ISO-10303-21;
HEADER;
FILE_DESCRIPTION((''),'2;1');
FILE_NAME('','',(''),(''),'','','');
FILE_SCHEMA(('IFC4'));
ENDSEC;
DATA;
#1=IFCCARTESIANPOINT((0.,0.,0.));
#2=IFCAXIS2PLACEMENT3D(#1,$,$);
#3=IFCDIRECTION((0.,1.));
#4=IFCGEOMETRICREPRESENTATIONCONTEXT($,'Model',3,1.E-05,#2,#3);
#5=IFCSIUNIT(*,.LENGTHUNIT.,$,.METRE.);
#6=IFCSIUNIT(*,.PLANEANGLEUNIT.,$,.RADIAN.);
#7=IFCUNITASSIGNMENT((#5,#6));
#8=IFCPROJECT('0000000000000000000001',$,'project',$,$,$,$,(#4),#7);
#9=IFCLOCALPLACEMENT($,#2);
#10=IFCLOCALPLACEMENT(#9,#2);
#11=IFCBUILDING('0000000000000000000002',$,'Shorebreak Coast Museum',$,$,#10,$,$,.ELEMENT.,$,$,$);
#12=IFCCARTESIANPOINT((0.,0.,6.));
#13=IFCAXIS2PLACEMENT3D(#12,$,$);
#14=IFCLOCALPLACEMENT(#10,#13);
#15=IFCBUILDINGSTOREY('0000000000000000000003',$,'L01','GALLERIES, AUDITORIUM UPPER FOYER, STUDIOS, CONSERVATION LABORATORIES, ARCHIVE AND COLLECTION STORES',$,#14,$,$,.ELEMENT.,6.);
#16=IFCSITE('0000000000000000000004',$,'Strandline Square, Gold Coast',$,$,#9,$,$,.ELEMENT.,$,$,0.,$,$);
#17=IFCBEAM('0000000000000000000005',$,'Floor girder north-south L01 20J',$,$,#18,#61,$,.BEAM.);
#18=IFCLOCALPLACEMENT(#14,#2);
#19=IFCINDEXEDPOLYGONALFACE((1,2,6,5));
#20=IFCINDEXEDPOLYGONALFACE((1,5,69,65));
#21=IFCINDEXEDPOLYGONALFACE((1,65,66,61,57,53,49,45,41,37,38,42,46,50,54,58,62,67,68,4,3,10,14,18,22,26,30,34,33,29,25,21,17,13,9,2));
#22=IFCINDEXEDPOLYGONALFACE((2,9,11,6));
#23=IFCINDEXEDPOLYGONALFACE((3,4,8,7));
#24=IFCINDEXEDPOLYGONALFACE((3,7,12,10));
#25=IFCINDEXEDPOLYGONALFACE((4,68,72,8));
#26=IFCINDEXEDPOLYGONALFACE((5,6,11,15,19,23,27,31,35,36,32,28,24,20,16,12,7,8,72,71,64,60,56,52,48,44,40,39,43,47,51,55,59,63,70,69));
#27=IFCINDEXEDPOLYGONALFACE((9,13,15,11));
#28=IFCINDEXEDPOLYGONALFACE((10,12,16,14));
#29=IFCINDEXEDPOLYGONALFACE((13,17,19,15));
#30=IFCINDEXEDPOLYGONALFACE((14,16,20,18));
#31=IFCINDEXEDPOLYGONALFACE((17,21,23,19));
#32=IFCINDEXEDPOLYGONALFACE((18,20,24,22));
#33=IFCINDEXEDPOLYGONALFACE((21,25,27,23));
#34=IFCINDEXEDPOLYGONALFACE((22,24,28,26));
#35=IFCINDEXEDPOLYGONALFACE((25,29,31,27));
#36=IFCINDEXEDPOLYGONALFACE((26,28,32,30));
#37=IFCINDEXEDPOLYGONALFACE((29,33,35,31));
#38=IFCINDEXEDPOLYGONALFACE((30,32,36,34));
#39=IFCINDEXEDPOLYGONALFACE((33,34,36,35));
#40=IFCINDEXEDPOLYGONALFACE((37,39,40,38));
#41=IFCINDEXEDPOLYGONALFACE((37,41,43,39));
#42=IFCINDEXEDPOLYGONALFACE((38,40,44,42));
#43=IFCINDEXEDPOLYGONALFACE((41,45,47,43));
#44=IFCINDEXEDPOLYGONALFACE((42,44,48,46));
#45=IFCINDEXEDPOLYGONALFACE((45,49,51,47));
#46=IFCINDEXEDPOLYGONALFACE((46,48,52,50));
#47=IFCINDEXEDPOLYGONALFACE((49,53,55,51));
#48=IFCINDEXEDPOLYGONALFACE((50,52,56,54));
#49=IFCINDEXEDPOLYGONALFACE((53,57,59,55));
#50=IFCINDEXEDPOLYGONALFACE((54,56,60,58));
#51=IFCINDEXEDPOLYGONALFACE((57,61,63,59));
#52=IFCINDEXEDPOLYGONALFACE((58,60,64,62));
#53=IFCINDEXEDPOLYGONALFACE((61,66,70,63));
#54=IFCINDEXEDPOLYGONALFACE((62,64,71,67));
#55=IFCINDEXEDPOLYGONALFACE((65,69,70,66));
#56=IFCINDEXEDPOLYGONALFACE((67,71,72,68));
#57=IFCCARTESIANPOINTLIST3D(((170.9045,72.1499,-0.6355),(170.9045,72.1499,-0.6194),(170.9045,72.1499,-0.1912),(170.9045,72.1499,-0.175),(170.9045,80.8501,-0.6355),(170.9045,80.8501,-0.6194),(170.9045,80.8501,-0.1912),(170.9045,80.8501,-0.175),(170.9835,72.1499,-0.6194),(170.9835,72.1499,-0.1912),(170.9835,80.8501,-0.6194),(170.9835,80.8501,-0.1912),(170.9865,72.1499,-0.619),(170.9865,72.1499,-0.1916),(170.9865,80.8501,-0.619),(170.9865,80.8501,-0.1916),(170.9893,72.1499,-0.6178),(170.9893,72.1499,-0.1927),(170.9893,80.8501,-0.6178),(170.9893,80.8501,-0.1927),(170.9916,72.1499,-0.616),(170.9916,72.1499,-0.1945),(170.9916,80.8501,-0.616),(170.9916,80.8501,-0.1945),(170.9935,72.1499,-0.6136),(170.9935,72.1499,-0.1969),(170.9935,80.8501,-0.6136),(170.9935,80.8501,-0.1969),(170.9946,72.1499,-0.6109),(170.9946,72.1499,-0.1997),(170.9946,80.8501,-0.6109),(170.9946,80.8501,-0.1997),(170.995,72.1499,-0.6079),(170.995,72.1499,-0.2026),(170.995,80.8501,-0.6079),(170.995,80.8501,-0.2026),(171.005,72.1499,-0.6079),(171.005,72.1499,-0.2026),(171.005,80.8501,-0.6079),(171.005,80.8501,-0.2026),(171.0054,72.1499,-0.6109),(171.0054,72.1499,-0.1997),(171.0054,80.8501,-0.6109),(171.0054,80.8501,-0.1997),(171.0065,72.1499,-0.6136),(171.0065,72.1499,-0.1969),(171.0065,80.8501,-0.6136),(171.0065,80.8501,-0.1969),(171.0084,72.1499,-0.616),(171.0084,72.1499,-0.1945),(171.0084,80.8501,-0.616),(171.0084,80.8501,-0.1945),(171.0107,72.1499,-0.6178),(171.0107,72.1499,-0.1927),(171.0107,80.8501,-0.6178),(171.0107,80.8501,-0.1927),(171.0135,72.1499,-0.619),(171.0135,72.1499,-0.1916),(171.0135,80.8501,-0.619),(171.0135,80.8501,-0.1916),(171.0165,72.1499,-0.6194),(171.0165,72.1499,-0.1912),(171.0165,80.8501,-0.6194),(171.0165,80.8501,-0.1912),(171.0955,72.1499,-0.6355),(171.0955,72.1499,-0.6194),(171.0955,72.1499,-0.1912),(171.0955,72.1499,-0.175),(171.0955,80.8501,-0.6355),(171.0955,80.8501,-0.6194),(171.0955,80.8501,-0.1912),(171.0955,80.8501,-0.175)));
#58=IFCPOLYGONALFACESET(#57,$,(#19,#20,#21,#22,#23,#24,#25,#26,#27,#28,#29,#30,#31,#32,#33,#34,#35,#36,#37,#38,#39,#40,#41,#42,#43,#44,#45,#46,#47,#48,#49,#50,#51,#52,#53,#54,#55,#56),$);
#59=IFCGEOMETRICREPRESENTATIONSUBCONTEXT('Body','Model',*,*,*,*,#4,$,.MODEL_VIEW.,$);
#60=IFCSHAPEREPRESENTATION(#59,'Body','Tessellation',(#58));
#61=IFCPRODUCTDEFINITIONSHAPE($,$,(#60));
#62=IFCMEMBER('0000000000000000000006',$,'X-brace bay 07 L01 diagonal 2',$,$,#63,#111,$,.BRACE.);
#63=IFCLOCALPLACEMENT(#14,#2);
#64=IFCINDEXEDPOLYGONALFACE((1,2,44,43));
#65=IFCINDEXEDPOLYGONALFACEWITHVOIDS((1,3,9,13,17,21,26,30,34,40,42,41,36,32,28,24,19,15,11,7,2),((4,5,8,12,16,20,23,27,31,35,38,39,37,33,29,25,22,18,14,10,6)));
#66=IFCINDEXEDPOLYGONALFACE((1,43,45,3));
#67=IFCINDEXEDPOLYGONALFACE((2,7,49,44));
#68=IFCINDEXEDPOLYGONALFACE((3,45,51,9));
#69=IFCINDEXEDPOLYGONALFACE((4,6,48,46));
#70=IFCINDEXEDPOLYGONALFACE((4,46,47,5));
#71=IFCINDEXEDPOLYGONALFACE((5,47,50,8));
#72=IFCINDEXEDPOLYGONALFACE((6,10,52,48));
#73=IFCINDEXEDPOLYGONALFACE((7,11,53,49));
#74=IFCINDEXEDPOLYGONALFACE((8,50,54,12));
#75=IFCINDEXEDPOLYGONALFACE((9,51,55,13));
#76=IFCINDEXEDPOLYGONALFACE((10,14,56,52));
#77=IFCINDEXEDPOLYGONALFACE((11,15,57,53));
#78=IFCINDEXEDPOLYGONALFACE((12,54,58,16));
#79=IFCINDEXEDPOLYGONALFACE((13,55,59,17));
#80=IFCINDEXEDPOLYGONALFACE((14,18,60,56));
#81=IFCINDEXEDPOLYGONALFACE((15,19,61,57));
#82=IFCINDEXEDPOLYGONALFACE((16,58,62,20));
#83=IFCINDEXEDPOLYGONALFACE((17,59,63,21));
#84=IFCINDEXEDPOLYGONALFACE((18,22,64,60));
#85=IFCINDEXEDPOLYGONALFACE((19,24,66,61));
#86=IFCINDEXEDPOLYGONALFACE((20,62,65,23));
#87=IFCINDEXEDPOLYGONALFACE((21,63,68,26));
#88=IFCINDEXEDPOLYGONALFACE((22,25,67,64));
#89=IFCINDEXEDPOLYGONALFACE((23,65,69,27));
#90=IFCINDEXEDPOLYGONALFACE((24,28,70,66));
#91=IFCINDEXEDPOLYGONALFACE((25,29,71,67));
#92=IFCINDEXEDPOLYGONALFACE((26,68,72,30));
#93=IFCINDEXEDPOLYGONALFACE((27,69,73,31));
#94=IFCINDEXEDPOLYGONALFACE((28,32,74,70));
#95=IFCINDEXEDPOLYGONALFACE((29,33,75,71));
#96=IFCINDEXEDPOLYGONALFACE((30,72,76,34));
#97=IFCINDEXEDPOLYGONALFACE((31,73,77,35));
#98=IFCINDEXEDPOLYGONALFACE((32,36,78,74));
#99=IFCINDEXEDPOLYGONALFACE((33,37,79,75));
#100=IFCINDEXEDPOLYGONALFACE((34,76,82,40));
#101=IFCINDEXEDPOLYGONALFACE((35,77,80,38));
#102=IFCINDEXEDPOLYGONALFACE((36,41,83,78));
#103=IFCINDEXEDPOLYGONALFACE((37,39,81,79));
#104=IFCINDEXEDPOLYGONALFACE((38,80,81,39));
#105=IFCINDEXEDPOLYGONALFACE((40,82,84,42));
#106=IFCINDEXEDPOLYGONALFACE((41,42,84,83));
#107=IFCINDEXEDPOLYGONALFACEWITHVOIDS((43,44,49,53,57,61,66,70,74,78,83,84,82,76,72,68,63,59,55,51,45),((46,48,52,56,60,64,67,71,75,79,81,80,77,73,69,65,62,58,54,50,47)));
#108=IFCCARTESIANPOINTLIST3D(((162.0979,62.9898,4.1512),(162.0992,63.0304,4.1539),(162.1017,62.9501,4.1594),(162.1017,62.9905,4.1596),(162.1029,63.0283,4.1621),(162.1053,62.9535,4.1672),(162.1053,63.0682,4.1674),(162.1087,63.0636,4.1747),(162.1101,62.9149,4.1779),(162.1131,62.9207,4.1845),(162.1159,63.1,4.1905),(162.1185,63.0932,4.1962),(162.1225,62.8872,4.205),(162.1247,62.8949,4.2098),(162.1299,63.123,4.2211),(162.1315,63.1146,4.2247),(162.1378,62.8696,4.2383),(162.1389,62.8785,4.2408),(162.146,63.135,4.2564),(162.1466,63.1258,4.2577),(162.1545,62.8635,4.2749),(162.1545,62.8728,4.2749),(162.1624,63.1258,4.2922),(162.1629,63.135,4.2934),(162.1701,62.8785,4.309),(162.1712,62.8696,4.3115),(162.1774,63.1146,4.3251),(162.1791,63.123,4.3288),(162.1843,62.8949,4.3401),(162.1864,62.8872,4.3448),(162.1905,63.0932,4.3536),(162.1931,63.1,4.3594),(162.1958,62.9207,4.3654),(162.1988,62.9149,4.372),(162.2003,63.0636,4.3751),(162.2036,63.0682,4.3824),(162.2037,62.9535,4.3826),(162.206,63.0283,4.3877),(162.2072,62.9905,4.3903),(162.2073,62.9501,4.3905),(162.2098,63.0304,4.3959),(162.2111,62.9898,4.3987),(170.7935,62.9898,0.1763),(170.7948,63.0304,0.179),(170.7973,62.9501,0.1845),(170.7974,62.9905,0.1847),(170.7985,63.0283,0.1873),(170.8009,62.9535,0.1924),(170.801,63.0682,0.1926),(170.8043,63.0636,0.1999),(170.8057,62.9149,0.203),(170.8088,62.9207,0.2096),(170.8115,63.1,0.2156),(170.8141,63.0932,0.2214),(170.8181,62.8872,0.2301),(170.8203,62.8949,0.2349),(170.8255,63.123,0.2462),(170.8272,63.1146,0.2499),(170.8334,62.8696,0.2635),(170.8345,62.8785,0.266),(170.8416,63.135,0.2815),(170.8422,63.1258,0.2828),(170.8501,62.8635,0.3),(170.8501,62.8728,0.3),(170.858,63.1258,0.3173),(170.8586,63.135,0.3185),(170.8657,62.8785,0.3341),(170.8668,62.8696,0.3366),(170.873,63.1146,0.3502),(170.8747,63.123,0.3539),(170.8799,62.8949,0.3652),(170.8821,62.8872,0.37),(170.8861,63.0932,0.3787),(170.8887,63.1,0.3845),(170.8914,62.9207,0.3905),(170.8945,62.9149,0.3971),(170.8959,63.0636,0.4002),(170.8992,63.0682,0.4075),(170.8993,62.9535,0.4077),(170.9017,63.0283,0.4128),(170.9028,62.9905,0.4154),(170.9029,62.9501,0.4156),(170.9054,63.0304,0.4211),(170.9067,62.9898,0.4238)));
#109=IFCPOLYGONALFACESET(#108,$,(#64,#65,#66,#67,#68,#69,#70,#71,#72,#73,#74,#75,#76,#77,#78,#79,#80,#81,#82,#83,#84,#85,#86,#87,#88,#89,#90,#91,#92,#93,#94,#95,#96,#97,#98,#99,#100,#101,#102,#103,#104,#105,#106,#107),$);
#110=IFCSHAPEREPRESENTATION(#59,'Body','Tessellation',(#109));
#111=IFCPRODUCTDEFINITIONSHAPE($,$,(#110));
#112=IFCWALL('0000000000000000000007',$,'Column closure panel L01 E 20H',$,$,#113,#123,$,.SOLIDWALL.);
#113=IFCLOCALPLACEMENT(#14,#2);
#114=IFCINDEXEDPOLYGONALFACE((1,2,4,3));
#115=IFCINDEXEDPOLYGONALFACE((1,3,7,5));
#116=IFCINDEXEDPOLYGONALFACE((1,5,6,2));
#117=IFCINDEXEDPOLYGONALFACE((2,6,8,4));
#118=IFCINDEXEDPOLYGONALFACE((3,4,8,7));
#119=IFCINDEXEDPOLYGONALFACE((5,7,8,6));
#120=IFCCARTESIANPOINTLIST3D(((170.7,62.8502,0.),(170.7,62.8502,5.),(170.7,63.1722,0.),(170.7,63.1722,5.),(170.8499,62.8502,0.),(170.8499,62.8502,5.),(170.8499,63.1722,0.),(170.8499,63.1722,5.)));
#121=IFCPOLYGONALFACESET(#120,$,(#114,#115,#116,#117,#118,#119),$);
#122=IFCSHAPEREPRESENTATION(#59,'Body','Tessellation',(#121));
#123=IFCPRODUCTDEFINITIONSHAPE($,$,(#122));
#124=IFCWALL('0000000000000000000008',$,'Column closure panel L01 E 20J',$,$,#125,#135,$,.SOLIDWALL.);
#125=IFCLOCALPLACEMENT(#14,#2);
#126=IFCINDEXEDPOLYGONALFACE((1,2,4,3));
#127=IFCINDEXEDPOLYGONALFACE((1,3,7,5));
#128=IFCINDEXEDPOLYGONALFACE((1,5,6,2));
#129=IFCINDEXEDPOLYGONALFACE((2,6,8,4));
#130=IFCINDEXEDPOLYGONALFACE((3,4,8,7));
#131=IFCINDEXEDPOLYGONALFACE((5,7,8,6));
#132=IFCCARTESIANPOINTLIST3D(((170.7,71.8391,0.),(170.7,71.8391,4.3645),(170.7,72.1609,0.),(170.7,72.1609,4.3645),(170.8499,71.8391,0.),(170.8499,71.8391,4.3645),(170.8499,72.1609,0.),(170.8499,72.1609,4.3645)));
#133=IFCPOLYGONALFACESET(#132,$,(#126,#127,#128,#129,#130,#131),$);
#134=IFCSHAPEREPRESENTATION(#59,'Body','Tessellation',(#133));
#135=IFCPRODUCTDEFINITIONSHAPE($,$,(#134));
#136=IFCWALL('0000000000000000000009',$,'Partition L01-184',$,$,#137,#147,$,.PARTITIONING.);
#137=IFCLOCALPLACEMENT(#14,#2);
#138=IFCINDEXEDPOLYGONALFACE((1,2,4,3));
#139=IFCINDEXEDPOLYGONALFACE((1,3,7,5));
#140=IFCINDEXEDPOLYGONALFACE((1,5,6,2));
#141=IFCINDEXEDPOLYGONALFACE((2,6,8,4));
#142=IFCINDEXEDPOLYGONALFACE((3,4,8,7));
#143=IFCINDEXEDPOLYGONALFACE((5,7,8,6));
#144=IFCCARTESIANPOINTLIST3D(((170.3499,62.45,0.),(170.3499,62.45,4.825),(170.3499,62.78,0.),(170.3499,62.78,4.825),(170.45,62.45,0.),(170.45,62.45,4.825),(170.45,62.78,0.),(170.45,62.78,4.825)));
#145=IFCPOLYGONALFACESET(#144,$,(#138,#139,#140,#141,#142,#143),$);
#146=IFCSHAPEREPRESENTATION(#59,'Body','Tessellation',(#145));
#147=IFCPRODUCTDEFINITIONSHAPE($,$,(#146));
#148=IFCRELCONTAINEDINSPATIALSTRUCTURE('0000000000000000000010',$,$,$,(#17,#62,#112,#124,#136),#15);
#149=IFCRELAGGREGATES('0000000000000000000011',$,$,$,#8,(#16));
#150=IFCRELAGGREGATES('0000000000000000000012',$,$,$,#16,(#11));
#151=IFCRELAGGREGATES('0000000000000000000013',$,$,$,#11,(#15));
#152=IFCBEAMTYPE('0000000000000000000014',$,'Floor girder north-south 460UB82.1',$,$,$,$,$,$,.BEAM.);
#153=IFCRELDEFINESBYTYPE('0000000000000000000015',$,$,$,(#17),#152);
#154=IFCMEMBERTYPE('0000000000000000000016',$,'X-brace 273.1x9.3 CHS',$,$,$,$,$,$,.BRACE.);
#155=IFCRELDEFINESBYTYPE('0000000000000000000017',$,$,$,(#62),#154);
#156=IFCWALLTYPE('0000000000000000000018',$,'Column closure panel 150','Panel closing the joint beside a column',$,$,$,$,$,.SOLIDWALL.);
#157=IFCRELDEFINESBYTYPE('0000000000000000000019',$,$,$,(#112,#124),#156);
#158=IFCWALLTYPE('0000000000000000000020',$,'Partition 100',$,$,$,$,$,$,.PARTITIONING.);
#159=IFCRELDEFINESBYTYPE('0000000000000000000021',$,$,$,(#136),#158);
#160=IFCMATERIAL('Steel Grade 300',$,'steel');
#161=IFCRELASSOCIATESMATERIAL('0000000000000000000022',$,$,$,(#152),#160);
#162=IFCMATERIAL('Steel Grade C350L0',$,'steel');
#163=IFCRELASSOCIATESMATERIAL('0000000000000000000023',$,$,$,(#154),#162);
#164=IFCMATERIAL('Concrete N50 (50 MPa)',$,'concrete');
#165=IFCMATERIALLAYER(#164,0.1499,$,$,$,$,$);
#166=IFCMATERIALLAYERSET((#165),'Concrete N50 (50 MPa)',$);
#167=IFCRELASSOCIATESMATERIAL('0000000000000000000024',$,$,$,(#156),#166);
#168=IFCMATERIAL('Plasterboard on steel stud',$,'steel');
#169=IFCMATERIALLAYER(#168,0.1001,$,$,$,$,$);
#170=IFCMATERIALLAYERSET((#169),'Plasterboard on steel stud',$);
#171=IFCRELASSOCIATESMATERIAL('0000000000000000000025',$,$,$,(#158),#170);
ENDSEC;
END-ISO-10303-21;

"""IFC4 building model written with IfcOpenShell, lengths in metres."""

from ifc_helpers import new_model, si_unit, direction, frame, frame_2d, origin, origin_2d, place, context, subcontext, project, spatial, rectangle, hollow_circle, i_section, extrude, material, layer, layer_set, material_profile, profile_set, type_object, element, save


model = new_model("IFC4")

# Units and contexts
model_context = context("Model", 3, precision=1e-05, world=origin(), true_north=direction((0.0, 1.0)))
body_context = subcontext(model_context, "Body", "Model", "MODEL_VIEW")
ifc_project = project(units=[si_unit("LENGTHUNIT", "METRE"), si_unit("PLANEANGLEUNIT", "RADIAN")], contexts=[model_context])

# Site, building, storey
site_placement = place(None, origin())
site = spatial("IfcSite", under=ifc_project, at=site_placement, Name="Strandline Square, Gold Coast", CompositionType="ELEMENT", RefElevation=0.0)
building_placement = place(site_placement, origin())
building = spatial("IfcBuilding", under=site, at=building_placement, Name="Shorebreak Coast Museum", CompositionType="ELEMENT")
storey_placement = place(building_placement, frame((0.0, 0.0, 6.0)))
storey = spatial("IfcBuildingStorey", under=building, at=storey_placement, Name="L01", Description="GALLERIES, AUDITORIUM UPPER FOYER, STUDIOS, CONSERVATION LABORATORIES, ARCHIVE AND COLLECTION STORES", CompositionType="ELEMENT", Elevation=6.0)

# Beam
ifc_material_1 = material(Name="Steel Grade 300", Category="steel")
ifc_material_profile_1 = material_profile(ifc_material_1, i_section(OverallWidth=0.1909, OverallDepth=0.4604, WebThickness=0.01, FlangeThickness=0.0161, FilletRadius=0.0115, at=origin_2d()), Name="460UB82.1")
ifc_profile_set_1 = profile_set([ifc_material_profile_1], Name="Steel Grade 300")
beam_type = type_object("IfcBeamType", Name="Floor girder north-south 460UB82.1", PredefinedType="BEAM", material=ifc_profile_set_1)
for number, where, z_axis, x_axis, name in (
    (1, (171.0, 72.1499, -0.4053), (0.0, 1.0, 0.0), (-1.0, 0.0, 0.0), "Floor girder north-south L01 20J"),
):
    element("IfcBeam", number, at=place(storey_placement, frame(where, z_axis=z_axis, x_axis=x_axis)), inside=storey, type_object=beam_type, Name=name, PredefinedType="BEAM", context=body_context, shape_type="SweptSolid", body=[
        extrude(i_section(OverallWidth=0.1909, OverallDepth=0.4604, WebThickness=0.01, FlangeThickness=0.0161, FilletRadius=0.0115, at=origin_2d()), origin(), (0.0, 0.0, 1.0), 8.7002),
    ])

# Member
ifc_material_2 = material(Name="Steel Grade C350L0", Category="steel")
ifc_material_profile_2 = material_profile(ifc_material_2, hollow_circle(Radius=0.1365, WallThickness=0.0093, at=origin_2d()), Name="273.1x9.3 CHS")
ifc_profile_set_2 = profile_set([ifc_material_profile_2], Name="Steel Grade C350L0")
member_type = type_object("IfcMemberType", Name="X-brace 273.1x9.3 CHS", PredefinedType="BRACE", material=ifc_profile_set_2)
member_placement = place(storey_placement, frame((170.8501, 63.0, 0.3), z_axis=(-0.909485, 0.0, 0.415737), x_axis=(0.0, -1.0, 0.0)))
element("IfcMember", 2, at=member_placement, inside=storey, type_object=member_type, Name="X-brace bay 07 L01 diagonal 2", PredefinedType="BRACE", context=body_context, shape_type="SweptSolid", body=[
    extrude(hollow_circle(Radius=0.1365, WallThickness=0.0093, at=origin_2d()), origin(), (0.0, 0.0, 1.0), 9.561),
])

# Walls
ifc_material_3 = material(Name="Concrete N50 (50 MPa)", Category="concrete")
ifc_layer_1 = layer(ifc_material_3, 0.1499)
ifc_layer_set_1 = layer_set([ifc_layer_1], Name="Concrete N50 (50 MPa)")
wall_type_1 = type_object("IfcWallType", Name="Column closure panel 150", Description="Panel closing the joint beside a column", PredefinedType="SOLIDWALL", material=ifc_layer_set_1)
wall_1_placement = place(storey_placement, frame((170.7749, 62.8501, 0.0), z_axis=(0.0, 0.0, 1.0), x_axis=(0.0, 1.0, 0.0)))
element("IfcWall", 3, at=wall_1_placement, inside=storey, type_object=wall_type_1, Name="Column closure panel L01 E 20H", PredefinedType="SOLIDWALL", context=body_context, shape_type="SweptSolid", body=[
    extrude(rectangle(XDim=0.322, YDim=0.1499, at=frame_2d((0.1611, 0.0))), origin(), (0.0, 0.0, 1.0), 5.0),
])
wall_2_placement = place(storey_placement, frame((170.7749, 71.8391, 0.0), z_axis=(0.0, 0.0, 1.0), x_axis=(0.0, 1.0, 0.0)))
element("IfcWall", 4, at=wall_2_placement, inside=storey, type_object=wall_type_1, Name="Column closure panel L01 E 20J", PredefinedType="SOLIDWALL", context=body_context, shape_type="SweptSolid", body=[
    extrude(rectangle(XDim=0.3218, YDim=0.1499, at=frame_2d((0.1609, 0.0))), origin(), (0.0, 0.0, 1.0), 4.3645),
])
ifc_material_4 = material(Name="Plasterboard on steel stud", Category="steel")
ifc_layer_2 = layer(ifc_material_4, 0.1001)
ifc_layer_set_2 = layer_set([ifc_layer_2], Name="Plasterboard on steel stud")
wall_type_2 = type_object("IfcWallType", Name="Partition 100", PredefinedType="PARTITIONING", material=ifc_layer_set_2)
wall_3_placement = place(storey_placement, frame((170.3999, 62.45, 0.0), z_axis=(0.0, 0.0, 1.0), x_axis=(0.0, 1.0, 0.0)))
element("IfcWall", 5, at=wall_3_placement, inside=storey, type_object=wall_type_2, Name="Partition L01-184", PredefinedType="PARTITIONING", context=body_context, shape_type="SweptSolid", body=[
    extrude(rectangle(XDim=0.3301, YDim=0.1001, at=frame_2d((0.165, 0.0))), origin(), (0.0, 0.0, 1.0), 4.825),
])

save(model, "model.ifc")
